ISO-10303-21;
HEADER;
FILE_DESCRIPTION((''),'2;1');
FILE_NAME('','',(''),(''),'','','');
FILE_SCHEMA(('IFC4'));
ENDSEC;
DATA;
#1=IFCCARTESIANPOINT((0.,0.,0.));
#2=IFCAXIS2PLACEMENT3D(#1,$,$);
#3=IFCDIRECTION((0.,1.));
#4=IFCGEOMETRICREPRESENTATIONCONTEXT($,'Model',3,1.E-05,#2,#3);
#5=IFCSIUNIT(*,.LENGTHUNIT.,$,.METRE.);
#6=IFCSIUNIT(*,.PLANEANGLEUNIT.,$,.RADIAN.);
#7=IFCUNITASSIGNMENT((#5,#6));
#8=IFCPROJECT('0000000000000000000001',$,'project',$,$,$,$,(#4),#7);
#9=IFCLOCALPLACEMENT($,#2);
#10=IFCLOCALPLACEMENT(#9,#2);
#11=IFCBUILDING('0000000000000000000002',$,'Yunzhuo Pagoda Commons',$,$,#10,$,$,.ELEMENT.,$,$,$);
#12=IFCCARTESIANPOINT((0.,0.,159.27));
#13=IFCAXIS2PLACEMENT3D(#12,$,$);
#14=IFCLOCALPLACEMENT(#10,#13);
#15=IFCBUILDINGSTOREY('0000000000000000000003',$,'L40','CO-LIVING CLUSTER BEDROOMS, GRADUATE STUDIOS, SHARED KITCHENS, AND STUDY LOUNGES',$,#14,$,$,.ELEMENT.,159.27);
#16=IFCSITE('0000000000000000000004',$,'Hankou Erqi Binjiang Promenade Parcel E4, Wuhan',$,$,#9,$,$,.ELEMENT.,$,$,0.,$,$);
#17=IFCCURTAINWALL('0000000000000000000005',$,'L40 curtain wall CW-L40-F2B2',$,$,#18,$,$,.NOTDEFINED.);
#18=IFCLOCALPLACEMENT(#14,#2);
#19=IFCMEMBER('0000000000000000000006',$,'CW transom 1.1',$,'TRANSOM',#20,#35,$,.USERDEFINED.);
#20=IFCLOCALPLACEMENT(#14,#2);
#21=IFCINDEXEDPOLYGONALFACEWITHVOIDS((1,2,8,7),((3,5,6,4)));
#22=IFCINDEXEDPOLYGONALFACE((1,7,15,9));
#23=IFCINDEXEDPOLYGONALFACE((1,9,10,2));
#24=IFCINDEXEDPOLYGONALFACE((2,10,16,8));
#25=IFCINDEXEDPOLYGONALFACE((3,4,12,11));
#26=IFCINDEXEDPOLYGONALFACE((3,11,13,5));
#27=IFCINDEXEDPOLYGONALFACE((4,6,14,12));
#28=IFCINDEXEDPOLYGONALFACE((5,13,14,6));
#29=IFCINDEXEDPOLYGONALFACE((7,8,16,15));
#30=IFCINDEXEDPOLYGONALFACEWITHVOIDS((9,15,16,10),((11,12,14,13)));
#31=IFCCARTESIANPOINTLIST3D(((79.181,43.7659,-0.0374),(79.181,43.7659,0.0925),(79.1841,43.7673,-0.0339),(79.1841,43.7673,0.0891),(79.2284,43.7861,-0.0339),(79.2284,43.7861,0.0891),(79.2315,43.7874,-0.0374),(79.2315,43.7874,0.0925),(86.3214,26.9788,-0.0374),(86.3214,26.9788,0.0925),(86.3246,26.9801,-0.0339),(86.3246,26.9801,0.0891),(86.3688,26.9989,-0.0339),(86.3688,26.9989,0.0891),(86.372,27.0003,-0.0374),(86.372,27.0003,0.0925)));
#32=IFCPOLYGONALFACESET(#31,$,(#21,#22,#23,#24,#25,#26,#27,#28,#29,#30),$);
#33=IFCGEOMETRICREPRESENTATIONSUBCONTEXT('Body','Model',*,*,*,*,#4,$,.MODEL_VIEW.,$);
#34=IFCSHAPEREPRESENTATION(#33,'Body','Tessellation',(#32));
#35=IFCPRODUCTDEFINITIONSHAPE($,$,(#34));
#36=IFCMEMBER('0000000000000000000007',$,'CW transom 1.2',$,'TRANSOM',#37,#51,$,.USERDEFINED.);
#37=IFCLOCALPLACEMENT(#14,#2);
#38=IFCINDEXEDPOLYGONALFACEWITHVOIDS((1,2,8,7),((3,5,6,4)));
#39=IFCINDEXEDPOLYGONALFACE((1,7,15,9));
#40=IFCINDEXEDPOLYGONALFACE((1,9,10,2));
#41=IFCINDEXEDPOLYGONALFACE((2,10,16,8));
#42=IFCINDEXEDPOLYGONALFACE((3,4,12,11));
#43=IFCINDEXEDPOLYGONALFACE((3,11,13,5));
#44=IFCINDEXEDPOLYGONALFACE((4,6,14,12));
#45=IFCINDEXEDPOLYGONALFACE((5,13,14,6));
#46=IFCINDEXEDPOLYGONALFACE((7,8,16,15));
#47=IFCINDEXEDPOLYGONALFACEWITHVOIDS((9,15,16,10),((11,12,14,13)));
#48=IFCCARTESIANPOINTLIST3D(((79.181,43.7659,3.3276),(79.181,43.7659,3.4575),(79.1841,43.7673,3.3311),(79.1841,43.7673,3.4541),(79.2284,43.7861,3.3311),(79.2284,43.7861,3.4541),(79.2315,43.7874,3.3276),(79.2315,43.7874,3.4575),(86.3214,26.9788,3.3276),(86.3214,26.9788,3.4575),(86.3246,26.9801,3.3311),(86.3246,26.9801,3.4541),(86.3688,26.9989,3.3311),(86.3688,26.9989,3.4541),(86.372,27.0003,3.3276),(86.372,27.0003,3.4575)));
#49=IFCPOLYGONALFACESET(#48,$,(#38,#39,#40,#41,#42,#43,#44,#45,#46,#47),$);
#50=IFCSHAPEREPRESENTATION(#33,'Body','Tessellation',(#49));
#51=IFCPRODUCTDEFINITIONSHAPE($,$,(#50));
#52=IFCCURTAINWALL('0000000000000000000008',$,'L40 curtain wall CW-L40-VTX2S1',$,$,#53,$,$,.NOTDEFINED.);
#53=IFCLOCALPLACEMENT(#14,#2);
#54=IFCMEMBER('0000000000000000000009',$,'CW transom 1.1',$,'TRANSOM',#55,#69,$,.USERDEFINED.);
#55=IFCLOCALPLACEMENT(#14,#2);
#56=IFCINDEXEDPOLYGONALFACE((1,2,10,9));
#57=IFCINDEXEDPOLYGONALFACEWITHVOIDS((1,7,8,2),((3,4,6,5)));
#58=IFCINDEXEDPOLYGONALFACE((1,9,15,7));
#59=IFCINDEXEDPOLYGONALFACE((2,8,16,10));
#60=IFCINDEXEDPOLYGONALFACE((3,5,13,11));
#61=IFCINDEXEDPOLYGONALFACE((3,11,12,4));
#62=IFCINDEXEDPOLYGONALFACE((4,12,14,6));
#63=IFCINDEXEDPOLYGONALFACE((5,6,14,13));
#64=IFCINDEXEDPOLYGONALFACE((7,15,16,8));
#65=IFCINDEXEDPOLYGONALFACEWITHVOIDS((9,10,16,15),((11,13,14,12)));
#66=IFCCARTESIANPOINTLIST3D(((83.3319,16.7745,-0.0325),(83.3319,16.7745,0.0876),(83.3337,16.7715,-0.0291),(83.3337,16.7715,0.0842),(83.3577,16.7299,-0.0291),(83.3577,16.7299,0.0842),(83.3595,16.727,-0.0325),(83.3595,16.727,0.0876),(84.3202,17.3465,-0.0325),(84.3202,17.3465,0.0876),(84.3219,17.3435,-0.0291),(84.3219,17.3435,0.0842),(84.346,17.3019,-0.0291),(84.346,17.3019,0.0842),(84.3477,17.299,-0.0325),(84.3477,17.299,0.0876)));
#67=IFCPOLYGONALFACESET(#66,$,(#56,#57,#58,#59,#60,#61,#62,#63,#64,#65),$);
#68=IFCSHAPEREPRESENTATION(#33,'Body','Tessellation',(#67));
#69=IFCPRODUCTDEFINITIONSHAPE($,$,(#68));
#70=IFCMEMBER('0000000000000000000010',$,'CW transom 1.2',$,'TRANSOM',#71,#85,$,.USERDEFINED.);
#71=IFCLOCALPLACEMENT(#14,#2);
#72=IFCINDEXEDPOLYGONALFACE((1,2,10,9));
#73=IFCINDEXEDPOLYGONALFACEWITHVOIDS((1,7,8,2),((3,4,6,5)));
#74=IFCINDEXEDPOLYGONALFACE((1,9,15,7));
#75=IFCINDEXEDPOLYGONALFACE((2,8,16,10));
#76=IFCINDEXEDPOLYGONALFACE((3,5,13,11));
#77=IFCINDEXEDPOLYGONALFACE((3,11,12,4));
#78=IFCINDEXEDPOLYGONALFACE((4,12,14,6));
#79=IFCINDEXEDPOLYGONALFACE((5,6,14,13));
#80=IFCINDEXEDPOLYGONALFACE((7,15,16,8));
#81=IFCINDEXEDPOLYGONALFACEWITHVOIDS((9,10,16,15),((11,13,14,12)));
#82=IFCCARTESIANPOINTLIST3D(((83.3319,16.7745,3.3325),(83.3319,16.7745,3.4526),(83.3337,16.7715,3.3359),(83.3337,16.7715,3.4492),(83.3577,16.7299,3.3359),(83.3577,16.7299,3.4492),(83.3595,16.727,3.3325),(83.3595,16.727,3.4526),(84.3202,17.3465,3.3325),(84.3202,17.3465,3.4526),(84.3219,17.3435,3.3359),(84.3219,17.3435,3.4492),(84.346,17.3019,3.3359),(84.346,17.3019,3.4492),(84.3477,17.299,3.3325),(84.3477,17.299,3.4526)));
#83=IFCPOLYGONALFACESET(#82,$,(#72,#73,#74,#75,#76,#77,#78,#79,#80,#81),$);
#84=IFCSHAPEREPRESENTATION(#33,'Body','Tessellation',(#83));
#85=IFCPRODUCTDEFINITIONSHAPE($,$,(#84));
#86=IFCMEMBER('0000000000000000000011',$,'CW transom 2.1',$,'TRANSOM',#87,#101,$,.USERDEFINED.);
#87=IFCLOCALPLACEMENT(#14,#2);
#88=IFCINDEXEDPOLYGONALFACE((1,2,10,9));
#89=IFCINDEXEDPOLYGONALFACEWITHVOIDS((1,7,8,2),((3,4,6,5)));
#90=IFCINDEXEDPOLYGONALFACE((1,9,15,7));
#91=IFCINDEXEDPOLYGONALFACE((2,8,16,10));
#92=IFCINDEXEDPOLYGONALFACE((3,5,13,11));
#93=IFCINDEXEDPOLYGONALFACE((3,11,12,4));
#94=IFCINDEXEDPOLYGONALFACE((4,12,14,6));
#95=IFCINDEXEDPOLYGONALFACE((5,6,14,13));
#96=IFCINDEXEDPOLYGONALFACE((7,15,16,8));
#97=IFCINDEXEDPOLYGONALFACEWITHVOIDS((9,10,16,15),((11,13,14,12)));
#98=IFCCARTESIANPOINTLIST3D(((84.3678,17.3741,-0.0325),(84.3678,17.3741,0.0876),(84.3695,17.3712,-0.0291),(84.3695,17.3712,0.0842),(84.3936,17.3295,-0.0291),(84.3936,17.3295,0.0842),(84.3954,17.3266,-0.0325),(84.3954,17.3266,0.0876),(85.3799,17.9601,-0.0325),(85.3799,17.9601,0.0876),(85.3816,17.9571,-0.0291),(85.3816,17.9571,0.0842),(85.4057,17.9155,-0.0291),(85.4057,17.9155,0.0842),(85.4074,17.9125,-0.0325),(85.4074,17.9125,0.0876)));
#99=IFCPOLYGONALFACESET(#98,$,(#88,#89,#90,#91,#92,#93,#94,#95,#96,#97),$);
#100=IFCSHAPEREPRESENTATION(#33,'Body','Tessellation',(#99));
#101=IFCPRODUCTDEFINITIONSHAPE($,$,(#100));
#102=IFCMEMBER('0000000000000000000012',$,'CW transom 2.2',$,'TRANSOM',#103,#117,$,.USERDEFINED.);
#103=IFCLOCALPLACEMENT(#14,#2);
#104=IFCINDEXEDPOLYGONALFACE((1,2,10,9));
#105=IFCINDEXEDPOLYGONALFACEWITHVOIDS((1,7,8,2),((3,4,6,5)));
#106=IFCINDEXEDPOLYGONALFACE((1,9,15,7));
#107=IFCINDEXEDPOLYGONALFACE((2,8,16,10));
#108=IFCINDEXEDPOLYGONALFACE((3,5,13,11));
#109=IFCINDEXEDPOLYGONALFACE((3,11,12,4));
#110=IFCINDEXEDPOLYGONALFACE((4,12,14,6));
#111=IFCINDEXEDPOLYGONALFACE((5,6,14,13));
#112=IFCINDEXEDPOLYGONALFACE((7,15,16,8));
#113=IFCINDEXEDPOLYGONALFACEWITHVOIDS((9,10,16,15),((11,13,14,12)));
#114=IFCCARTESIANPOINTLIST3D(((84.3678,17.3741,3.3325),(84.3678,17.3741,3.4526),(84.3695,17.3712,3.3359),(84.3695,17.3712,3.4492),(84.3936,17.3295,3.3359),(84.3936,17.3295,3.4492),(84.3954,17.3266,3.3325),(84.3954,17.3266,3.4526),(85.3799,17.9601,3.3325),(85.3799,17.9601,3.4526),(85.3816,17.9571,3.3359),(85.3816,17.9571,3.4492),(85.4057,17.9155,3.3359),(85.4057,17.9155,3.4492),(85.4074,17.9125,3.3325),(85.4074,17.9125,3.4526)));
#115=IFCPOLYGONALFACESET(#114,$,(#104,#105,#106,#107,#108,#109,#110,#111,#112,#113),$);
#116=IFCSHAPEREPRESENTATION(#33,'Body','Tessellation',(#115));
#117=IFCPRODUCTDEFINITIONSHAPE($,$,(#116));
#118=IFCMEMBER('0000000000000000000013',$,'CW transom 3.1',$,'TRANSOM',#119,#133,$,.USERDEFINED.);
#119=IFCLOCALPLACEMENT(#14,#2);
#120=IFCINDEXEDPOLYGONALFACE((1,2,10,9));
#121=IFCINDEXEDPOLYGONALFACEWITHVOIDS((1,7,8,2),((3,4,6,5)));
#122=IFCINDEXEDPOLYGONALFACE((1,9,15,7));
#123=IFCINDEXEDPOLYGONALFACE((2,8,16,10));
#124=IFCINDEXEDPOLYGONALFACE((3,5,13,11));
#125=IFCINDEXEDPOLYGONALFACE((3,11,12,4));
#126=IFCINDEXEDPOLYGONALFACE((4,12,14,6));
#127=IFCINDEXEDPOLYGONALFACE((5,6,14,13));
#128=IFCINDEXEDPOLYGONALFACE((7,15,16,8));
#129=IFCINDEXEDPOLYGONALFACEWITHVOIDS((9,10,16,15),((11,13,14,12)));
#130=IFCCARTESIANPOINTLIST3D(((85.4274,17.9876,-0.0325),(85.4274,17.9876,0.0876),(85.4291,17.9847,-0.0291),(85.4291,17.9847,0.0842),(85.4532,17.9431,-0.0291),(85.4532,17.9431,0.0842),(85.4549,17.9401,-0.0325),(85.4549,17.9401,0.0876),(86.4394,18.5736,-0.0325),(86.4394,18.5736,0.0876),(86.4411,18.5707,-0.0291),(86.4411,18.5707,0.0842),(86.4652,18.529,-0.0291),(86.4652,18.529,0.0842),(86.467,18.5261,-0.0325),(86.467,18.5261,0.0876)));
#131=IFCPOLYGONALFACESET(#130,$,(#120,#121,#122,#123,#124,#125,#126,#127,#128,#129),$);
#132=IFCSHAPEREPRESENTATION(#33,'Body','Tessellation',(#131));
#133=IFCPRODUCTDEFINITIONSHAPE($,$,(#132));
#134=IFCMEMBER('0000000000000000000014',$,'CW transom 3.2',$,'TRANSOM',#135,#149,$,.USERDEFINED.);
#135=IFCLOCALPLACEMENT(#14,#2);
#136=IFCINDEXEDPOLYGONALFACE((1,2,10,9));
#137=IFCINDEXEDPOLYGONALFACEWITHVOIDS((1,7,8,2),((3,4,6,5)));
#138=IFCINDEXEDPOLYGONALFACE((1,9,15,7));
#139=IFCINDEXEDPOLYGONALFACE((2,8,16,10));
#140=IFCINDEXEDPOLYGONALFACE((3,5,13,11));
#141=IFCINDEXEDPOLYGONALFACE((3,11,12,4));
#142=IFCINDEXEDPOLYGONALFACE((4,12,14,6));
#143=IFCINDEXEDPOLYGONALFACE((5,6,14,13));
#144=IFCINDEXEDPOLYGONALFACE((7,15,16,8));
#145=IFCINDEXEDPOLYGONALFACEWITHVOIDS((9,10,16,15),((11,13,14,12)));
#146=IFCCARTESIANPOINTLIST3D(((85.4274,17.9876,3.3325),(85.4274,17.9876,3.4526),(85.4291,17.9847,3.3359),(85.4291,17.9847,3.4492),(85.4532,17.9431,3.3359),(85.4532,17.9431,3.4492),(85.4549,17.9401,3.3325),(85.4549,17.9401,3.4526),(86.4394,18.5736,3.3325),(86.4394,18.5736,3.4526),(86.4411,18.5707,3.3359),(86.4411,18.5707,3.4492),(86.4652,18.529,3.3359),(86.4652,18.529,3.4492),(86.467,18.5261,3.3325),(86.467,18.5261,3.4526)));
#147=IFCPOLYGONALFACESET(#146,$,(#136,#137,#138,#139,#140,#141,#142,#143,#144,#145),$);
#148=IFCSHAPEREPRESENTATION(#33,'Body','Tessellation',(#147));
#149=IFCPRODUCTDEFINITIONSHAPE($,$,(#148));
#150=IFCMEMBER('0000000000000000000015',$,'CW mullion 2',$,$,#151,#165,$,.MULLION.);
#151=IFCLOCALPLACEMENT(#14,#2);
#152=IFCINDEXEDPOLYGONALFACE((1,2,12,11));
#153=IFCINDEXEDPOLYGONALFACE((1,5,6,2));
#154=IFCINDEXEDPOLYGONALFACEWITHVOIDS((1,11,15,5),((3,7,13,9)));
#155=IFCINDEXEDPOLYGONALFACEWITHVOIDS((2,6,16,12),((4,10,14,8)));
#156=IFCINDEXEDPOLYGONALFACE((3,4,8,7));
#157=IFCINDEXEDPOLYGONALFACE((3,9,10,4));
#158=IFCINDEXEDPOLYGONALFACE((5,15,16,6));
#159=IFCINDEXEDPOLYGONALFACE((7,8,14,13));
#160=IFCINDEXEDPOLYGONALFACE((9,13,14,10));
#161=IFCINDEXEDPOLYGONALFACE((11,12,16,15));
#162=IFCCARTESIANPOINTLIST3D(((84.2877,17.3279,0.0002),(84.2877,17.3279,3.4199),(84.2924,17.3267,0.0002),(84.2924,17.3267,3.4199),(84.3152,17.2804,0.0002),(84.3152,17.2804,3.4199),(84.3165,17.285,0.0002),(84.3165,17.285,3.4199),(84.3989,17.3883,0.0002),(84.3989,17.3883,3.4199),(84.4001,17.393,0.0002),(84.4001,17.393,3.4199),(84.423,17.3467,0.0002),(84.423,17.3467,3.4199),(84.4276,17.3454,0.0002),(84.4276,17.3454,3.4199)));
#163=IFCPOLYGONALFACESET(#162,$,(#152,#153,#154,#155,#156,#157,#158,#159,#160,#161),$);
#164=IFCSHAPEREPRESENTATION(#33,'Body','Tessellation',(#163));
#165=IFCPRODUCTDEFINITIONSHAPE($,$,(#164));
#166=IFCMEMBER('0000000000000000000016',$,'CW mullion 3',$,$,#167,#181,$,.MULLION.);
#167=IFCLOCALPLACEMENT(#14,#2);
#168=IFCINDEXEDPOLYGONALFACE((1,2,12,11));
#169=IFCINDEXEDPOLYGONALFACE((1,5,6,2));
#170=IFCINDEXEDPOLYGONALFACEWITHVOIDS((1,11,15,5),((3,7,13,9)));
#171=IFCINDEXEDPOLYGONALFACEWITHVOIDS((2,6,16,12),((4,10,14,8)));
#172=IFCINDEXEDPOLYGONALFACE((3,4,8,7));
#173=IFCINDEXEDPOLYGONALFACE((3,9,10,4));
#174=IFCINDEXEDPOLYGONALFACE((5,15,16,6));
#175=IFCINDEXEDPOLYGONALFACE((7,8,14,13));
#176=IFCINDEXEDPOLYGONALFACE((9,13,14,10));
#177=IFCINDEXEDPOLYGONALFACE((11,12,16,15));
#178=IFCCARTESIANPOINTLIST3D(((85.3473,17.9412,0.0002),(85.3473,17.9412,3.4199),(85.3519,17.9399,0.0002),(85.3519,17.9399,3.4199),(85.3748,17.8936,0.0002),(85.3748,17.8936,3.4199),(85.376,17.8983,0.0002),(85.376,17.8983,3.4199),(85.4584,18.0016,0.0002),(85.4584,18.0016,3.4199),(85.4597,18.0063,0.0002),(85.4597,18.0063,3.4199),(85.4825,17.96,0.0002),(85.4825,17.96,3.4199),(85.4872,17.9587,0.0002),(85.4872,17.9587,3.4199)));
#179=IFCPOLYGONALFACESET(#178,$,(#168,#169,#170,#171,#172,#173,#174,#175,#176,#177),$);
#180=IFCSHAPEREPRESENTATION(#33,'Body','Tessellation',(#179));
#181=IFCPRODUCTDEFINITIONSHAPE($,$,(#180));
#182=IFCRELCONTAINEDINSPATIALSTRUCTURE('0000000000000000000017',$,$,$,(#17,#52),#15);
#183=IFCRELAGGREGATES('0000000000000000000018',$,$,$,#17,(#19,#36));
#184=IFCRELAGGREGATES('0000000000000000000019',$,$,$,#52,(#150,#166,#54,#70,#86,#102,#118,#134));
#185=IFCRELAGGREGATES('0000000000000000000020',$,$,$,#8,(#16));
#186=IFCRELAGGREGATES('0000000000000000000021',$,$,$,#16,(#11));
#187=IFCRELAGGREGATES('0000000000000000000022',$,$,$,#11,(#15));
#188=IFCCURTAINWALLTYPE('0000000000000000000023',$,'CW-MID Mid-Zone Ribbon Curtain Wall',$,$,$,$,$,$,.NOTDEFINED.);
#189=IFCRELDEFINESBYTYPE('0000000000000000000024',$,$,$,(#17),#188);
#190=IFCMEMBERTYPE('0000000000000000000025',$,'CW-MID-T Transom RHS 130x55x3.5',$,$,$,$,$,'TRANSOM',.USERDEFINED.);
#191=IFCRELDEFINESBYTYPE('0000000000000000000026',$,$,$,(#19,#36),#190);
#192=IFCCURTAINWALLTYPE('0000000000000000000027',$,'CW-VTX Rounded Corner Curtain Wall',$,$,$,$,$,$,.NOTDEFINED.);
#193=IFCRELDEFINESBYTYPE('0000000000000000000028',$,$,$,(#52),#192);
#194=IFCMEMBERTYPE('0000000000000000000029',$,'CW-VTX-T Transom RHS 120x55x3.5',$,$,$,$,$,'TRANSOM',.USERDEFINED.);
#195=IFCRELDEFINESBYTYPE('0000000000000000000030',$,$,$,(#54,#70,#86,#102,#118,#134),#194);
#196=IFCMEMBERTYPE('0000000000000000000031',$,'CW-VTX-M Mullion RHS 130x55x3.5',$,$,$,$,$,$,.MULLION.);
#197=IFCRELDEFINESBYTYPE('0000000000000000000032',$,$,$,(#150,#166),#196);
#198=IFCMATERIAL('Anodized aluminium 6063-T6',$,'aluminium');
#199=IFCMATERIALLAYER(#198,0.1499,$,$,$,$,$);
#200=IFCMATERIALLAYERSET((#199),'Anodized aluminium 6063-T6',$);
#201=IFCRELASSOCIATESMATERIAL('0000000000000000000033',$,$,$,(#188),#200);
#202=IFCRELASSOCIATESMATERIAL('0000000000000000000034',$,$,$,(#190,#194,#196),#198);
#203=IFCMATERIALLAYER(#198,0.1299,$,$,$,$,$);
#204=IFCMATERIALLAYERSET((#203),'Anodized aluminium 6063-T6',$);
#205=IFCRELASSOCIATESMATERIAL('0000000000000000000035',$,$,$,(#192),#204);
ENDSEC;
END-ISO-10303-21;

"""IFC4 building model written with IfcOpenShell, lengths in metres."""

from ifc_helpers import new_model, si_unit, direction, frame, origin, origin_2d, place, context, subcontext, project, spatial, hollow_rectangle, extrude, source, transform, mapped, material, layer, layer_set, material_profile, profile_set, type_object, element, aggregate, save


model = new_model("IFC4")

# Units and contexts
model_context = context("Model", 3, precision=1e-05, world=origin(), true_north=direction((0.0, 1.0)))
body_context = subcontext(model_context, "Body", "Model", "MODEL_VIEW")
ifc_project = project(units=[si_unit("LENGTHUNIT", "METRE"), si_unit("PLANEANGLEUNIT", "RADIAN")], contexts=[model_context])

# Site, building, storey
site_placement = place(None, origin())
site = spatial("IfcSite", under=ifc_project, at=site_placement, Name="Hankou Erqi Binjiang Promenade Parcel E4, Wuhan", CompositionType="ELEMENT", RefElevation=0.0)
building_placement = place(site_placement, origin())
building = spatial("IfcBuilding", under=site, at=building_placement, Name="Yunzhuo Pagoda Commons", CompositionType="ELEMENT")
storey_placement = place(building_placement, frame((0.0, 0.0, 159.27)))
storey = spatial("IfcBuildingStorey", under=building, at=storey_placement, Name="L40", Description="CO-LIVING CLUSTER BEDROOMS, GRADUATE STUDIOS, SHARED KITCHENS, AND STUDY LOUNGES", CompositionType="ELEMENT", Elevation=159.27)

# Curtain walls, members
ifc_material_1 = material(Name="Anodized aluminium 6063-T6", Category="aluminium")
ifc_layer_1 = layer(ifc_material_1, 0.1499)
ifc_layer_set_1 = layer_set([ifc_layer_1], Name="Anodized aluminium 6063-T6")
curtain_wall_type_1 = type_object("IfcCurtainWallType", Name="CW-MID Mid-Zone Ribbon Curtain Wall", PredefinedType="NOTDEFINED", material=ifc_layer_set_1)
ifc_material_profile_1 = material_profile(ifc_material_1, hollow_rectangle(XDim=0.0549, YDim=0.1299, WallThickness=0.0034, at=origin_2d()), Name="Anodized aluminium 6063-T6")
ifc_profile_set_1 = profile_set([ifc_material_profile_1], Name="Anodized aluminium 6063-T6")
member_type_1 = type_object("IfcMemberType", Name="CW-MID-T Transom RHS 130x55x3.5", ElementType="TRANSOM", PredefinedType="USERDEFINED", material=ifc_profile_set_1)
curtain_wall_1_placement = place(storey_placement, origin())
curtain_wall_1 = element("IfcCurtainWall", 1, at=curtain_wall_1_placement, inside=storey, type_object=curtain_wall_type_1, Name="L40 curtain wall CW-L40-F2B2", PredefinedType="NOTDEFINED")
shared_shape_1 = source(origin(), body_context, "Body", "SweptSolid", [
    extrude(hollow_rectangle(XDim=0.0549, YDim=0.1299, WallThickness=0.0034, at=origin_2d()), origin(), (0.0, 0.0, 1.0), 18.2427),
])
member_1_placement = place(storey_placement, frame((86.3467, 26.9895, 0.0276), z_axis=(-0.391413, 0.920215, 0.0), x_axis=(-0.920215, -0.391413, 0.0)))
member_1 = element("IfcMember", 2, at=member_1_placement, type_object=member_type_1, Name="CW transom 1.1", ObjectType="TRANSOM", PredefinedType="USERDEFINED", context=body_context, shape_type="MappedRepresentation", body=[
    mapped(shared_shape_1, transform((0.0, 0.0, 0.0), scale=1.0)),
])
member_2_placement = place(storey_placement, frame((86.3467, 26.9895, 3.3926), z_axis=(-0.391413, 0.920215, 0.0), x_axis=(-0.920215, -0.391413, 0.0)))
member_2 = element("IfcMember", 3, at=member_2_placement, type_object=member_type_1, Name="CW transom 1.2", ObjectType="TRANSOM", PredefinedType="USERDEFINED", context=body_context, shape_type="MappedRepresentation", body=[
    mapped(shared_shape_1, transform((0.0, 0.0, 0.0), scale=1.0)),
])
ifc_layer_2 = layer(ifc_material_1, 0.1299)
ifc_layer_set_2 = layer_set([ifc_layer_2], Name="Anodized aluminium 6063-T6")
curtain_wall_type_2 = type_object("IfcCurtainWallType", Name="CW-VTX Rounded Corner Curtain Wall", PredefinedType="NOTDEFINED", material=ifc_layer_set_2)
curtain_wall_2_placement = place(storey_placement, origin())
curtain_wall_2 = element("IfcCurtainWall", 4, at=curtain_wall_2_placement, inside=storey, type_object=curtain_wall_type_2, Name="L40 curtain wall CW-L40-VTX2S1", PredefinedType="NOTDEFINED")
ifc_material_profile_2 = material_profile(ifc_material_1, hollow_rectangle(XDim=0.0549, YDim=0.1201, WallThickness=0.0034, at=origin_2d()), Name="Anodized aluminium 6063-T6")
ifc_profile_set_2 = profile_set([ifc_material_profile_2], Name="Anodized aluminium 6063-T6")
member_type_2 = type_object("IfcMemberType", Name="CW-VTX-T Transom RHS 120x55x3.5", ElementType="TRANSOM", PredefinedType="USERDEFINED", material=ifc_profile_set_2)
shared_shape_2 = source(origin(), body_context, "Body", "SweptSolid", [
    extrude(hollow_rectangle(XDim=0.0549, YDim=0.1201, WallThickness=0.0034, at=origin_2d()), origin(), (0.0, 0.0, 1.0), 1.1418),
])
member_3_placement = place(storey_placement, frame((83.3457, 16.7507, 0.0276), z_axis=(0.86548, 0.500944, 0.0), x_axis=(-0.500944, 0.86548, 0.0)))
member_3 = element("IfcMember", 5, at=member_3_placement, type_object=member_type_2, Name="CW transom 1.1", ObjectType="TRANSOM", PredefinedType="USERDEFINED", context=body_context, shape_type="MappedRepresentation", body=[
    mapped(shared_shape_2, transform((0.0, 0.0, 0.0), scale=1.0)),
])
member_4_placement = place(storey_placement, frame((83.3457, 16.7507, 3.3926), z_axis=(0.86548, 0.500944, 0.0), x_axis=(-0.500944, 0.86548, 0.0)))
member_4 = element("IfcMember", 6, at=member_4_placement, type_object=member_type_2, Name="CW transom 1.2", ObjectType="TRANSOM", PredefinedType="USERDEFINED", context=body_context, shape_type="MappedRepresentation", body=[
    mapped(shared_shape_2, transform((0.0, 0.0, 0.0), scale=1.0)),
])
shared_shape_3 = source(origin(), body_context, "Body", "SweptSolid", [
    extrude(hollow_rectangle(XDim=0.0549, YDim=0.1201, WallThickness=0.0034, at=origin_2d()), origin(), (0.0, 0.0, 1.0), 1.1694),
])
member_5_placement = place(storey_placement, frame((84.3816, 17.3503, 0.0276), z_axis=(0.865402, 0.501077, 0.0), x_axis=(-0.501077, 0.865402, 0.0)))
member_5 = element("IfcMember", 7, at=member_5_placement, type_object=member_type_2, Name="CW transom 2.1", ObjectType="TRANSOM", PredefinedType="USERDEFINED", context=body_context, shape_type="MappedRepresentation", body=[
    mapped(shared_shape_3, transform((0.0, 0.0, 0.0), scale=1.0)),
])
member_6_placement = place(storey_placement, frame((84.3816, 17.3503, 3.3926), z_axis=(0.865402, 0.501077, 0.0), x_axis=(-0.501077, 0.865402, 0.0)))
member_6 = element("IfcMember", 8, at=member_6_placement, type_object=member_type_2, Name="CW transom 2.2", ObjectType="TRANSOM", PredefinedType="USERDEFINED", context=body_context, shape_type="MappedRepresentation", body=[
    mapped(shared_shape_3, transform((0.0, 0.0, 0.0), scale=1.0)),
])
member_7_placement = place(storey_placement, frame((85.4412, 17.9639, 0.0276), z_axis=(0.865402, 0.501077, 0.0), x_axis=(-0.501077, 0.865402, 0.0)))
member_7 = element("IfcMember", 9, at=member_7_placement, type_object=member_type_2, Name="CW transom 3.1", ObjectType="TRANSOM", PredefinedType="USERDEFINED", context=body_context, shape_type="MappedRepresentation", body=[
    mapped(shared_shape_3, transform((0.0, 0.0, 0.0), scale=1.0)),
])
member_8_placement = place(storey_placement, frame((85.4412, 17.9639, 3.3926), z_axis=(0.865402, 0.501077, 0.0), x_axis=(-0.501077, 0.865402, 0.0)))
member_8 = element("IfcMember", 10, at=member_8_placement, type_object=member_type_2, Name="CW transom 3.2", ObjectType="TRANSOM", PredefinedType="USERDEFINED", context=body_context, shape_type="MappedRepresentation", body=[
    mapped(shared_shape_3, transform((0.0, 0.0, 0.0), scale=1.0)),
])
ifc_material_profile_3 = material_profile(ifc_material_1, hollow_rectangle(XDim=0.0549, YDim=0.1299, WallThickness=0.0034, at=origin_2d()), Name="Anodized aluminium 6063-T6")
ifc_profile_set_3 = profile_set([ifc_material_profile_3], Name="Anodized aluminium 6063-T6")
member_type_3 = type_object("IfcMemberType", Name="CW-VTX-M Mullion RHS 130x55x3.5", PredefinedType="MULLION", material=ifc_profile_set_3)
shared_shape_4 = source(origin(), body_context, "Body", "SweptSolid", [
    extrude(hollow_rectangle(XDim=0.0549, YDim=0.1299, WallThickness=0.0034, at=origin_2d()), origin(), (0.0, 0.0, 1.0), 3.4197),
])
member_9_placement = place(storey_placement, frame((84.3577, 17.3367, 0.0002), z_axis=(0.0, 0.0, 1.0), x_axis=(-0.501035, 0.865427, 0.0)))
member_9 = element("IfcMember", 11, at=member_9_placement, type_object=member_type_3, Name="CW mullion 2", PredefinedType="MULLION", context=body_context, shape_type="MappedRepresentation", body=[
    mapped(shared_shape_4, transform((0.0, 0.0, 0.0), scale=1.0)),
])
member_10_placement = place(storey_placement, frame((85.4172, 17.95, 0.0002), z_axis=(0.0, 0.0, 1.0), x_axis=(-0.501035, 0.865427, 0.0)))
member_10 = element("IfcMember", 12, at=member_10_placement, type_object=member_type_3, Name="CW mullion 3", PredefinedType="MULLION", context=body_context, shape_type="MappedRepresentation", body=[
    mapped(shared_shape_4, transform((0.0, 0.0, 0.0), scale=1.0)),
])

aggregate(curtain_wall_1, [member_1, member_2])
aggregate(curtain_wall_2, [member_9, member_10, member_3, member_4, member_5, member_6, member_7, member_8])

save(model, "model.ifc")
